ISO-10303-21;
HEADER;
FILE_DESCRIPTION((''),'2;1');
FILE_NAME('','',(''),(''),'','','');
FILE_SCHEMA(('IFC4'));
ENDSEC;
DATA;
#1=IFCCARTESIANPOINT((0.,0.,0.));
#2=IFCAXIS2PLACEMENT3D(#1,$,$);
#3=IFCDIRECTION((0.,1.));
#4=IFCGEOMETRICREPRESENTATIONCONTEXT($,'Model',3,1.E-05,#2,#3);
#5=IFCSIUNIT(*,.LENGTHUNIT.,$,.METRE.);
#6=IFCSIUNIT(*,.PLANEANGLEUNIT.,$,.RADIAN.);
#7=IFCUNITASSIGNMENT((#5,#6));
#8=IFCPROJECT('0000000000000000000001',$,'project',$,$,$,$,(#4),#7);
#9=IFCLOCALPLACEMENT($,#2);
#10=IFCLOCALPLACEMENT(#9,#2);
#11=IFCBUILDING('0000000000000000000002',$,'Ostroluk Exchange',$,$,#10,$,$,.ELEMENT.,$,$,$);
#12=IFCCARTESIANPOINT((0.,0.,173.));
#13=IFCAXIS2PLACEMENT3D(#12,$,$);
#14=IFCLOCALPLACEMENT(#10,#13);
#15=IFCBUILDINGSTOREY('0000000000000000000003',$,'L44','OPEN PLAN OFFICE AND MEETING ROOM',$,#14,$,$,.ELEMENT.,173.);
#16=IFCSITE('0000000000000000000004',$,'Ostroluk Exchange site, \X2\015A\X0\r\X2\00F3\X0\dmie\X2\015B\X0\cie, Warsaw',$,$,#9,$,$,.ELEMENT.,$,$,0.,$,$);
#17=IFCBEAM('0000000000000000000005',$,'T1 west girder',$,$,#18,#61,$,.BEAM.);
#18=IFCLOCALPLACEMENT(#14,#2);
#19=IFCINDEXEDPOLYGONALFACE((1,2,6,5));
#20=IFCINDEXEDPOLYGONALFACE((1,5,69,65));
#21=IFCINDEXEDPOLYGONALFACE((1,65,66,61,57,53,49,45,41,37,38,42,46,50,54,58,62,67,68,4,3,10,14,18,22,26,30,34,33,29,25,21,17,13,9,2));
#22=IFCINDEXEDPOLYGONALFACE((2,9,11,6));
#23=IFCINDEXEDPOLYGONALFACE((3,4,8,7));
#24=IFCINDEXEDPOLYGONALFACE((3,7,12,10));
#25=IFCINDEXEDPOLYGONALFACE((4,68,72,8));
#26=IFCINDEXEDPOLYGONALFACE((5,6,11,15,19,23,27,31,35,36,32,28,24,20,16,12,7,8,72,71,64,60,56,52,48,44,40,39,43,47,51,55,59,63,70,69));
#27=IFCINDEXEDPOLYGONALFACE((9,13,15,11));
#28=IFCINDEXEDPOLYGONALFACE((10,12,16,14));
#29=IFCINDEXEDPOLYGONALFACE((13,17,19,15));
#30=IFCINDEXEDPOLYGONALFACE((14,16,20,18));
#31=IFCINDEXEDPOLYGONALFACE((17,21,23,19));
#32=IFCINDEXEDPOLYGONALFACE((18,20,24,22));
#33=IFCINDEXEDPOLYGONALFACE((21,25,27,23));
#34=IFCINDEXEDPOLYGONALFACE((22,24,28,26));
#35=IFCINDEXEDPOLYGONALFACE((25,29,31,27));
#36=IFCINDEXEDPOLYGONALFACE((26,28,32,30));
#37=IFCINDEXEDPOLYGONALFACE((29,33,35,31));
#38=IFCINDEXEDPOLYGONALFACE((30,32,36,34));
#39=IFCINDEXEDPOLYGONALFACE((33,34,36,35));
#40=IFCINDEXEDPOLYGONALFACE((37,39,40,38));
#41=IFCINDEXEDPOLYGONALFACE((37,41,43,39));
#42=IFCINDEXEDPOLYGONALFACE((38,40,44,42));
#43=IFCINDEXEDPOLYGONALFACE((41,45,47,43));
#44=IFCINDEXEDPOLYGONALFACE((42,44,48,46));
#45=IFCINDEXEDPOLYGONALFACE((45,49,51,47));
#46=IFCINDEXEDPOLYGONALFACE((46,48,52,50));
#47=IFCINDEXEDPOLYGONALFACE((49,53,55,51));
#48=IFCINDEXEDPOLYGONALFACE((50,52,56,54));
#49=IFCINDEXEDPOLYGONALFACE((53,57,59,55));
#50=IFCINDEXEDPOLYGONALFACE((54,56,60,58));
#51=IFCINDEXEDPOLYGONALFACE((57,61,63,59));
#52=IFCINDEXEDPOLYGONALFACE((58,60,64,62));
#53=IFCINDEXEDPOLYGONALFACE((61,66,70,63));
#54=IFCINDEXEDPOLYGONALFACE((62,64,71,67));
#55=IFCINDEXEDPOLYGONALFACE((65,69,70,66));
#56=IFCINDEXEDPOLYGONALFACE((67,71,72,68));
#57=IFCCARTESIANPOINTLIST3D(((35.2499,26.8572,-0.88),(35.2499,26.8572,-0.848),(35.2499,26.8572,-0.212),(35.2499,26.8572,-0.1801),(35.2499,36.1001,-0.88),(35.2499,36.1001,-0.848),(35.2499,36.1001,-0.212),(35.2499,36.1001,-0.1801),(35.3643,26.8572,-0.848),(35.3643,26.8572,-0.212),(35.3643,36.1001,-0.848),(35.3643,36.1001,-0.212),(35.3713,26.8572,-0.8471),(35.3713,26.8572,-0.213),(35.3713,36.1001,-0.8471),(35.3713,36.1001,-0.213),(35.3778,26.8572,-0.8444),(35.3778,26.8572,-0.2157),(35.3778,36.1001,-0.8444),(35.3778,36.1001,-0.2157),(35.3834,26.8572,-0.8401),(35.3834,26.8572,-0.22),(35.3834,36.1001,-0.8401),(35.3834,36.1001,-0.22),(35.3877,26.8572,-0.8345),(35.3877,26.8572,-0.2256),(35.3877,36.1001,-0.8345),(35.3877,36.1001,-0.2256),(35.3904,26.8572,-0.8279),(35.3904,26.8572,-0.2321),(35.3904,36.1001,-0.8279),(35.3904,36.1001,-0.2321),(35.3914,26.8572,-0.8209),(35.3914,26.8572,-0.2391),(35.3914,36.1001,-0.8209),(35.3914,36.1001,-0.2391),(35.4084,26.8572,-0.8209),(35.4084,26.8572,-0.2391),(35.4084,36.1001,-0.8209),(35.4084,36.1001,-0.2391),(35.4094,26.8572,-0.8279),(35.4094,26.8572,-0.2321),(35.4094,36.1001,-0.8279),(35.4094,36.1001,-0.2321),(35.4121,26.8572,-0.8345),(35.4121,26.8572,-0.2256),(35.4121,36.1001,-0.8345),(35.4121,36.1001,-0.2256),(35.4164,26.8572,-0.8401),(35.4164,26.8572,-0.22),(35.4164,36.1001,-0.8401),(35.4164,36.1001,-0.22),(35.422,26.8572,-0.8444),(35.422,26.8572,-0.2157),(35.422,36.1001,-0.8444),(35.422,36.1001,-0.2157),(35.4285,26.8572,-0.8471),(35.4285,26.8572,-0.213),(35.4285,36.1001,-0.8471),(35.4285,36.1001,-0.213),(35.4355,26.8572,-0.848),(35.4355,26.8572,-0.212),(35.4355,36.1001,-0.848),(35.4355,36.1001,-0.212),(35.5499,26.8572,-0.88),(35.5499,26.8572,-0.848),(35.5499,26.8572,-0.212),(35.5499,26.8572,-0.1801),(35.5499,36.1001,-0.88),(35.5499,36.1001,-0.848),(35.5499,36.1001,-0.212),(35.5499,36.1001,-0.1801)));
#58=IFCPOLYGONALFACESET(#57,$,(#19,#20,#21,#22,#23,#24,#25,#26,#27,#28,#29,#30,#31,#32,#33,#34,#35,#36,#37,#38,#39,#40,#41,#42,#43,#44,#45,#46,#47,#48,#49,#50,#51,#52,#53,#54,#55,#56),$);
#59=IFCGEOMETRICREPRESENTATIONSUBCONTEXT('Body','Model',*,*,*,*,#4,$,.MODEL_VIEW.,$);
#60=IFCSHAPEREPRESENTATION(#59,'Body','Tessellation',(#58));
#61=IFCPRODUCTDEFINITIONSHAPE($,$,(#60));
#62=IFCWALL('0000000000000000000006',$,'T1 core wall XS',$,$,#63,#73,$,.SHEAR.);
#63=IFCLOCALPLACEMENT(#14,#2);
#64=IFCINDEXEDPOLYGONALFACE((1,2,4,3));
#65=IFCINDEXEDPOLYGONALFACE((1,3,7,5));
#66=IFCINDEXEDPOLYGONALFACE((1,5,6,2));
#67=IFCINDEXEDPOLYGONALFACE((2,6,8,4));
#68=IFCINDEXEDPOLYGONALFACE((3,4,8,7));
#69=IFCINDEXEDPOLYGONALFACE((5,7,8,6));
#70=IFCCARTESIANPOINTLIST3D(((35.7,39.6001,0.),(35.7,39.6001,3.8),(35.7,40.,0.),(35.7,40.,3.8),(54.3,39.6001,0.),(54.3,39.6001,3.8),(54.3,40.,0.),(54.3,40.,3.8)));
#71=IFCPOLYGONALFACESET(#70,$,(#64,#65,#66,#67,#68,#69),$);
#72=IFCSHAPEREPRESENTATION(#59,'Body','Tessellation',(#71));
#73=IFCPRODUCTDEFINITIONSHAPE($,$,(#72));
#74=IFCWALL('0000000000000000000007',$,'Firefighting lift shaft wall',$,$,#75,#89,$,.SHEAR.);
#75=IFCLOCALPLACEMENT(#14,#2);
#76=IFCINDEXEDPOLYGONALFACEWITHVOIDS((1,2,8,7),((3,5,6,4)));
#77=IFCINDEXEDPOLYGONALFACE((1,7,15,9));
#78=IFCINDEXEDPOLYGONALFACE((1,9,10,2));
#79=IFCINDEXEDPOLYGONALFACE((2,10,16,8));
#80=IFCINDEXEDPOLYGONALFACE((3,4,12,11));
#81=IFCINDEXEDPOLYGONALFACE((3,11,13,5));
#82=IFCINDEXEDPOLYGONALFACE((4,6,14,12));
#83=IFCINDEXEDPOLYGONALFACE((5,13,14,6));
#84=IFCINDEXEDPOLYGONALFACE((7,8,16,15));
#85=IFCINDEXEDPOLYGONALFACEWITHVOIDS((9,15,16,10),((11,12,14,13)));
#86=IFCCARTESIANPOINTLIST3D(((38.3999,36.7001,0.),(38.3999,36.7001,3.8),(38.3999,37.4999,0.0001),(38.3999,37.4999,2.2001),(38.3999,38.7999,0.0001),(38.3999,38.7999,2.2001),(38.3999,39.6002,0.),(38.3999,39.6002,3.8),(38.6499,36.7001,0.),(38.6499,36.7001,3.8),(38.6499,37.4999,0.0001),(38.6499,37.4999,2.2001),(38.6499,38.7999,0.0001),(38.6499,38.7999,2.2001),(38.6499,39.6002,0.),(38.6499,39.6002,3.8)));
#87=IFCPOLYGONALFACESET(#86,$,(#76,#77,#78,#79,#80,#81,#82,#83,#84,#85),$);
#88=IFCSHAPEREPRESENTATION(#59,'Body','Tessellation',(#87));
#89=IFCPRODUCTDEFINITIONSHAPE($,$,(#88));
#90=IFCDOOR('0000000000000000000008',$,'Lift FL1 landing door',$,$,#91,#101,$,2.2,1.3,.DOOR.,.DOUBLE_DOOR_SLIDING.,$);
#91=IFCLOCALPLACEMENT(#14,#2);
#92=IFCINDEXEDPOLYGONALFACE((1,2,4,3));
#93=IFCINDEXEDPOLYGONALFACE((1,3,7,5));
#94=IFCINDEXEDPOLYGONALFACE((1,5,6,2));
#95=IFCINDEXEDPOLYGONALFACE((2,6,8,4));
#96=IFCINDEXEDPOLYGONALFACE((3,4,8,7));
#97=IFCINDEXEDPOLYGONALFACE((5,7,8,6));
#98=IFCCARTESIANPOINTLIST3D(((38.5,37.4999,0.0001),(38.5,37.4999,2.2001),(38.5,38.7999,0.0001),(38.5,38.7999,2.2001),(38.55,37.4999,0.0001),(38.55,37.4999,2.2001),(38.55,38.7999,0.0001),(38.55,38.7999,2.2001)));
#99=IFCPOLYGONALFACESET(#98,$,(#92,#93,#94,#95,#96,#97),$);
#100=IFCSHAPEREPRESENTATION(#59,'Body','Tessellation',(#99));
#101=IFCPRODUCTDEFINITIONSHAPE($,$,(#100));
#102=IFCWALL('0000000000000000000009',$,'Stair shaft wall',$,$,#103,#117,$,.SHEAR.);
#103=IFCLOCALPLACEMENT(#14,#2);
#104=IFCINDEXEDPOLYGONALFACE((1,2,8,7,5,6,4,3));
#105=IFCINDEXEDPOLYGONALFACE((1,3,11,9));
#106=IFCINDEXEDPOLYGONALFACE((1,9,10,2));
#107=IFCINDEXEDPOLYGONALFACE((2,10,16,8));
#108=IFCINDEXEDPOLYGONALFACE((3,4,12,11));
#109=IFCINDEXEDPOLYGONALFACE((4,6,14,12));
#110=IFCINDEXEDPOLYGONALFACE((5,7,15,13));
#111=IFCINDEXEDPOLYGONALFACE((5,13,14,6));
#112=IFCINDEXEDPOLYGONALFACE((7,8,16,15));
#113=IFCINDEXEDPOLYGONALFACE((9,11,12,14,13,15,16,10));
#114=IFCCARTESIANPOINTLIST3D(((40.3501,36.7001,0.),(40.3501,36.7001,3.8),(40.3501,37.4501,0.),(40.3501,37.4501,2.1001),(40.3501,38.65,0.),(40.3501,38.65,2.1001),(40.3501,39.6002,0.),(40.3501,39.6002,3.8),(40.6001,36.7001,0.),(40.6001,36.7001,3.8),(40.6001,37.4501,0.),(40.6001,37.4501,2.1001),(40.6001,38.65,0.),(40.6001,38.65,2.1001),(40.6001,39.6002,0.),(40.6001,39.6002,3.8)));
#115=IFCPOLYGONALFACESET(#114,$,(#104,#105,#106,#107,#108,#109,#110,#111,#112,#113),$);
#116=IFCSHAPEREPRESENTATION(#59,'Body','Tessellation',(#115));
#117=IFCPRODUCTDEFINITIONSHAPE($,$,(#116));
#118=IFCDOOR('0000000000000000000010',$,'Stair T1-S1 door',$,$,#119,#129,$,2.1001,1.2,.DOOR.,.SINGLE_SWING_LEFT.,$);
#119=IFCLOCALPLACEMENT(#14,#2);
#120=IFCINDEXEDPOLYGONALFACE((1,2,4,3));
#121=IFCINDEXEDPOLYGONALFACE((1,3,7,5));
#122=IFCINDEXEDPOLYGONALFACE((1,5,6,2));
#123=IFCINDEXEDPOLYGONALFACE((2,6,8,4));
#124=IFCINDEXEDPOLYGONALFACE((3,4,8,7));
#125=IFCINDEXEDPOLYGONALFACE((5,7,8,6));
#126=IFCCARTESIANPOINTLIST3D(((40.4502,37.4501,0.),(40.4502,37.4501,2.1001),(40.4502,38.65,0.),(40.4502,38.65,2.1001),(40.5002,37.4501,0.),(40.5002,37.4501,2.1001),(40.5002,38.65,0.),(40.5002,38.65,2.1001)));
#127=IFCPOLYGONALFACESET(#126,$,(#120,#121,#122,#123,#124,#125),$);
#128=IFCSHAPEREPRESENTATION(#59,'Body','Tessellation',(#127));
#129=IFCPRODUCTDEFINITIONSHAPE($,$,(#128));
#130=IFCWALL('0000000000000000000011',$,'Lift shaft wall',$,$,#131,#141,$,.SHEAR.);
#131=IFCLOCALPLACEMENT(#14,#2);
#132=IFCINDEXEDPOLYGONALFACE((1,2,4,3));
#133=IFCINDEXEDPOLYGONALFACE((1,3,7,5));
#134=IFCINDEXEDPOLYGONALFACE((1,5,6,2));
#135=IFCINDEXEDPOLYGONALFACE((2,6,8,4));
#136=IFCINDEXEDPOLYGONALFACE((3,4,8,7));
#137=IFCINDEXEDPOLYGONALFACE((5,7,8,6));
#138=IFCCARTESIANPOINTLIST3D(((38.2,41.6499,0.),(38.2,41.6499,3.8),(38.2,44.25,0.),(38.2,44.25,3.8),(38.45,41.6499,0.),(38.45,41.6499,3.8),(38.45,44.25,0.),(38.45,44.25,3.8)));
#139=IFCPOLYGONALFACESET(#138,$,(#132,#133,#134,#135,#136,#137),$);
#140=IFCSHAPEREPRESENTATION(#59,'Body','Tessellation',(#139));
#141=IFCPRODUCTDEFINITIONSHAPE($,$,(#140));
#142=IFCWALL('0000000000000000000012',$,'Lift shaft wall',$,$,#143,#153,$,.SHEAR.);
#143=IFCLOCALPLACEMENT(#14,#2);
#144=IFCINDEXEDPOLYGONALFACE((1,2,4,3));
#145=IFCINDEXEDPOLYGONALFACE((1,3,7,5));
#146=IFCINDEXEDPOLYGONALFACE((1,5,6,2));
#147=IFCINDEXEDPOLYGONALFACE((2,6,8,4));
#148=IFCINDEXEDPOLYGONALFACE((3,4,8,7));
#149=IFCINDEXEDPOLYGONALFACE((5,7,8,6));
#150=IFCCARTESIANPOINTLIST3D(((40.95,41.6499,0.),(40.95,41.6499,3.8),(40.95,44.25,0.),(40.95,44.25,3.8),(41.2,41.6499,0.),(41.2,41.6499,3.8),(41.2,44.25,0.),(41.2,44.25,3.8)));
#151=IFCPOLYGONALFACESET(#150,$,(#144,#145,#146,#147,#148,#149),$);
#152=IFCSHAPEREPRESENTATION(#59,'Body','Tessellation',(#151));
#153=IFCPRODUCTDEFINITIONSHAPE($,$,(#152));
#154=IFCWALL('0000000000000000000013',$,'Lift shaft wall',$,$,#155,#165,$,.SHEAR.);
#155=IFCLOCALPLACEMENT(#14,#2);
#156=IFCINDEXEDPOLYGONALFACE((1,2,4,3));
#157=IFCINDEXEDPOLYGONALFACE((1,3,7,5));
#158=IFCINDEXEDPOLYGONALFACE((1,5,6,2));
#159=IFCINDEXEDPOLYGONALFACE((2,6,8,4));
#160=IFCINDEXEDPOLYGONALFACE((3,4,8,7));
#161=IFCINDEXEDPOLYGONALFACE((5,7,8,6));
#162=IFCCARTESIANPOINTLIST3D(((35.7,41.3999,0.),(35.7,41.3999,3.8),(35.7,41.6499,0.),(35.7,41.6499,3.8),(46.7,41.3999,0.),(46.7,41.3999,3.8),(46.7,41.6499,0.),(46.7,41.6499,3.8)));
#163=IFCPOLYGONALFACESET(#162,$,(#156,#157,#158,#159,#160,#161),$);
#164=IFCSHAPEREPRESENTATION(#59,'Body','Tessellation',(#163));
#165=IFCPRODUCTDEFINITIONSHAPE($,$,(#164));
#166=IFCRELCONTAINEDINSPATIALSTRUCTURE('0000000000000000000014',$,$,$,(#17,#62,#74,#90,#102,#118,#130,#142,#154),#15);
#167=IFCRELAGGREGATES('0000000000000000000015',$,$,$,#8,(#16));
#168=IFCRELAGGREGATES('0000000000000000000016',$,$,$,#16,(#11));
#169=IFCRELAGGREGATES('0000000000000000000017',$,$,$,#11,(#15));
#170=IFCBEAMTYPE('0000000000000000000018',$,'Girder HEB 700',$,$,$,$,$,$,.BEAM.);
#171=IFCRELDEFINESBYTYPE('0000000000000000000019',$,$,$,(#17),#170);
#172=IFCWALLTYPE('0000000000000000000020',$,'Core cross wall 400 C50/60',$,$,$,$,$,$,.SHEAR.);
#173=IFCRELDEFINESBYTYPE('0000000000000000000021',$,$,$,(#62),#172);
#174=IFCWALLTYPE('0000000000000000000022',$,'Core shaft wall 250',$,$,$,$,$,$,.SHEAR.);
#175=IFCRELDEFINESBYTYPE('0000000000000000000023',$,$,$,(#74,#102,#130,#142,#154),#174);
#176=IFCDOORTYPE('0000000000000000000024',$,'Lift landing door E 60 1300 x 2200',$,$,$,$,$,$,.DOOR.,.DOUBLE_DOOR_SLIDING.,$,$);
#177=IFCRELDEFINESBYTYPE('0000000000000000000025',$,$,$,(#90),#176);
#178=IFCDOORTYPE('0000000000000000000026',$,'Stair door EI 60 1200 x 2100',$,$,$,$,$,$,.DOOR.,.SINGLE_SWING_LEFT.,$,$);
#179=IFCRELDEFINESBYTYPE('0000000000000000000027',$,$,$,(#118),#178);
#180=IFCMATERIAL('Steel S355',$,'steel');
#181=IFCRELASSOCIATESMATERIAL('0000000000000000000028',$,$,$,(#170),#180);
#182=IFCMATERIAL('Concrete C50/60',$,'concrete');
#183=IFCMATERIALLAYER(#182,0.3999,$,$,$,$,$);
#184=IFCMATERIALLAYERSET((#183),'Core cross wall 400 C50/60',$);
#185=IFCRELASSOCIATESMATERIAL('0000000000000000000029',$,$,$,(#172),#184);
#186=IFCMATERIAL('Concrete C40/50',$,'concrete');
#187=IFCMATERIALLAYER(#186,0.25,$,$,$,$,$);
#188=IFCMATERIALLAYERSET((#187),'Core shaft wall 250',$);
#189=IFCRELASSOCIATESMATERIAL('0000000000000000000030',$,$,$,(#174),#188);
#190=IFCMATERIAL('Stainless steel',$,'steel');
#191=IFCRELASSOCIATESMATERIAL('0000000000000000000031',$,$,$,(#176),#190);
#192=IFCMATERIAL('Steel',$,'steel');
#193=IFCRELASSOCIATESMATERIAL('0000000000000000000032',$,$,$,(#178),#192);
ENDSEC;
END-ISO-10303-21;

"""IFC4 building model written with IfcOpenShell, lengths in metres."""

from ifc_helpers import new_model, si_unit, direction, frame, frame_2d, origin, origin_2d, place, context, subcontext, project, spatial, rectangle, i_section, extrude, material, layer, layer_set, material_profile, profile_set, type_object, element, fill, save


model = new_model("IFC4")

# Units and contexts
model_context = context("Model", 3, precision=1e-05, world=origin(), true_north=direction((0.0, 1.0)))
body_context = subcontext(model_context, "Body", "Model", "MODEL_VIEW")
ifc_project = project(units=[si_unit("LENGTHUNIT", "METRE"), si_unit("PLANEANGLEUNIT", "RADIAN")], contexts=[model_context])

# Site, building, storey
site_placement = place(None, origin())
site = spatial("IfcSite", under=ifc_project, at=site_placement, Name="Ostroluk Exchange site, Śródmieście, Warsaw", CompositionType="ELEMENT", RefElevation=0.0)
building_placement = place(site_placement, origin())
building = spatial("IfcBuilding", under=site, at=building_placement, Name="Ostroluk Exchange", CompositionType="ELEMENT")
storey_placement = place(building_placement, frame((0.0, 0.0, 173.0)))
storey = spatial("IfcBuildingStorey", under=building, at=storey_placement, Name="L44", Description="OPEN PLAN OFFICE AND MEETING ROOM", CompositionType="ELEMENT", Elevation=173.0)

# Beam
ifc_material_1 = material(Name="Steel S355", Category="steel")
ifc_material_profile_1 = material_profile(ifc_material_1, i_section(OverallWidth=0.3, OverallDepth=0.7, WebThickness=0.0171, FlangeThickness=0.032, FilletRadius=0.0271, at=origin_2d()), Name="HEB 700")
ifc_profile_set_1 = profile_set([ifc_material_profile_1], Name="Steel S355")
beam_type_1 = type_object("IfcBeamType", Name="Girder HEB 700", PredefinedType="BEAM", material=ifc_profile_set_1)
beam_1_placement = place(storey_placement, frame((35.3999, 36.1001, -0.53), z_axis=(0.0, -1.0, 0.0), x_axis=(1.0, 0.0, 0.0)))
element("IfcBeam", 1, at=beam_1_placement, inside=storey, type_object=beam_type_1, Name="T1 west girder", PredefinedType="BEAM", context=body_context, shape_type="SweptSolid", body=[
    extrude(i_section(OverallWidth=0.3, OverallDepth=0.7, WebThickness=0.0171, FlangeThickness=0.032, FilletRadius=0.0271, at=origin_2d()), origin(), (0.0, 0.0, 1.0), 9.2429),
])

# Wall
ifc_material_2 = material(Name="Concrete C50/60", Category="concrete")
ifc_layer_1 = layer(ifc_material_2, 0.3999)
ifc_layer_set_1 = layer_set([ifc_layer_1], Name="Core cross wall 400 C50/60")
wall_type_1 = type_object("IfcWallType", Name="Core cross wall 400 C50/60", PredefinedType="SHEAR", material=ifc_layer_set_1)
wall_1_placement = place(storey_placement, frame((35.7, 39.8, 0.0), z_axis=(0.0, 0.0, 1.0), x_axis=(1.0, 0.0, 0.0)))
element("IfcWall", 2, at=wall_1_placement, inside=storey, type_object=wall_type_1, Name="T1 core wall XS", PredefinedType="SHEAR", context=body_context, shape_type="SweptSolid", body=[
    extrude(rectangle(XDim=18.6001, YDim=0.3999, at=frame_2d((9.3, 0.0))), origin(), (0.0, 0.0, 1.0), 3.8),
])

# Walls, openings, doors
ifc_material_3 = material(Name="Concrete C40/50", Category="concrete")
ifc_layer_2 = layer(ifc_material_3, 0.25)
ifc_layer_set_2 = layer_set([ifc_layer_2], Name="Core shaft wall 250")
wall_type_2 = type_object("IfcWallType", Name="Core shaft wall 250", PredefinedType="SHEAR", material=ifc_layer_set_2)
wall_2_placement = place(storey_placement, frame((38.5249, 36.7, 0.0), z_axis=(0.0, 0.0, 1.0), x_axis=(0.0, 1.0, 0.0)))
wall_2 = element("IfcWall", 3, at=wall_2_placement, inside=storey, type_object=wall_type_2, Name="Firefighting lift shaft wall", PredefinedType="SHEAR", context=body_context, shape_type="SweptSolid", body=[
    extrude(rectangle(XDim=2.9001, YDim=0.25, at=frame_2d((1.4502, 0.0))), origin(), (0.0, 0.0, 1.0), 3.8),
])
opening_1_placement = place(wall_2_placement, frame((0.8, 0.0, 0.0)))
opening_1 = element("IfcOpeningElement", 4, at=opening_1_placement, cuts=wall_2, PredefinedType="OPENING", context=body_context, shape_type="SweptSolid", body=[
    extrude(rectangle(XDim=1.3, YDim=2.2, at=frame_2d((0.6499, 1.1001))), frame((0.0, 0.135, 0.0), z_axis=(0.0, -1.0, 0.0), x_axis=(1.0, 0.0, 0.0)), (0.0, 0.0, 1.0), 0.27),
])
ifc_material_4 = material(Name="Stainless steel", Category="steel")
door_type_1 = type_object("IfcDoorType", Name="Lift landing door E 60 1300 x 2200", OperationType="DOUBLE_DOOR_SLIDING", PredefinedType="DOOR", material=ifc_material_4)
door_1_placement = place(opening_1_placement, origin())
door_1 = element("IfcDoor", 5, at=door_1_placement, inside=storey, type_object=door_type_1, Name="Lift FL1 landing door", OperationType="DOUBLE_DOOR_SLIDING", OverallHeight=2.2, OverallWidth=1.3, PredefinedType="DOOR", context=body_context, shape_type="SweptSolid", body=[
    extrude(rectangle(XDim=1.3, YDim=2.2, at=frame_2d((0.6499, 1.1001))), frame((0.0, 0.0249, 0.0), z_axis=(0.0, -1.0, 0.0), x_axis=(1.0, 0.0, 0.0)), (0.0, 0.0, 1.0), 0.05),
])
fill(opening_1, door_1)
wall_3_placement = place(storey_placement, frame((40.4751, 36.7, 0.0), z_axis=(0.0, 0.0, 1.0), x_axis=(0.0, 1.0, 0.0)))
wall_3 = element("IfcWall", 6, at=wall_3_placement, inside=storey, type_object=wall_type_2, Name="Stair shaft wall", PredefinedType="SHEAR", context=body_context, shape_type="SweptSolid", body=[
    extrude(rectangle(XDim=2.9001, YDim=0.25, at=frame_2d((1.4502, 0.0))), origin(), (0.0, 0.0, 1.0), 3.8),
])
opening_2_placement = place(wall_3_placement, frame((0.75, 0.0, 0.0)))
opening_2 = element("IfcOpeningElement", 7, at=opening_2_placement, cuts=wall_3, PredefinedType="OPENING", context=body_context, shape_type="SweptSolid", body=[
    extrude(rectangle(XDim=1.2, YDim=2.1001, at=frame_2d((0.6001, 1.05))), frame((0.0, 0.135, 0.0), z_axis=(0.0, -1.0, 0.0), x_axis=(1.0, 0.0, 0.0)), (0.0, 0.0, 1.0), 0.27),
])
ifc_material_5 = material(Name="Steel", Category="steel")
door_type_2 = type_object("IfcDoorType", Name="Stair door EI 60 1200 x 2100", OperationType="SINGLE_SWING_LEFT", PredefinedType="DOOR", material=ifc_material_5)
door_2_placement = place(opening_2_placement, origin())
door_2 = element("IfcDoor", 8, at=door_2_placement, inside=storey, type_object=door_type_2, Name="Stair T1-S1 door", OperationType="SINGLE_SWING_LEFT", OverallHeight=2.1001, OverallWidth=1.2, PredefinedType="DOOR", context=body_context, shape_type="SweptSolid", body=[
    extrude(rectangle(XDim=1.2, YDim=2.1001, at=frame_2d((0.6001, 1.05))), frame((0.0, 0.0249, 0.0), z_axis=(0.0, -1.0, 0.0), x_axis=(1.0, 0.0, 0.0)), (0.0, 0.0, 1.0), 0.05),
])
fill(opening_2, door_2)

# Walls
for number, where, z_axis, x_axis, name in (
    (9, (38.325, 44.25, 0.0), (0.0, 0.0, 1.0), (0.0, -1.0, 0.0), "Lift shaft wall"),
    (10, (41.075, 44.25, 0.0), (0.0, 0.0, 1.0), (0.0, -1.0, 0.0), "Lift shaft wall"),
):
    element("IfcWall", number, at=place(storey_placement, frame(where, z_axis=z_axis, x_axis=x_axis)), inside=storey, type_object=wall_type_2, Name=name, PredefinedType="SHEAR", context=body_context, shape_type="SweptSolid", body=[
        extrude(rectangle(XDim=2.6001, YDim=0.25, at=frame_2d((1.3, 0.0))), origin(), (0.0, 0.0, 1.0), 3.8),
    ])
wall_4_placement = place(storey_placement, frame((35.7, 41.5249, 0.0), z_axis=(0.0, 0.0, 1.0), x_axis=(1.0, 0.0, 0.0)))
element("IfcWall", 11, at=wall_4_placement, inside=storey, type_object=wall_type_2, Name="Lift shaft wall", PredefinedType="SHEAR", context=body_context, shape_type="SweptSolid", body=[
    extrude(rectangle(XDim=11.0, YDim=0.25, at=frame_2d((5.5, 0.0))), origin(), (0.0, 0.0, 1.0), 3.8),
])

save(model, "model.ifc")
